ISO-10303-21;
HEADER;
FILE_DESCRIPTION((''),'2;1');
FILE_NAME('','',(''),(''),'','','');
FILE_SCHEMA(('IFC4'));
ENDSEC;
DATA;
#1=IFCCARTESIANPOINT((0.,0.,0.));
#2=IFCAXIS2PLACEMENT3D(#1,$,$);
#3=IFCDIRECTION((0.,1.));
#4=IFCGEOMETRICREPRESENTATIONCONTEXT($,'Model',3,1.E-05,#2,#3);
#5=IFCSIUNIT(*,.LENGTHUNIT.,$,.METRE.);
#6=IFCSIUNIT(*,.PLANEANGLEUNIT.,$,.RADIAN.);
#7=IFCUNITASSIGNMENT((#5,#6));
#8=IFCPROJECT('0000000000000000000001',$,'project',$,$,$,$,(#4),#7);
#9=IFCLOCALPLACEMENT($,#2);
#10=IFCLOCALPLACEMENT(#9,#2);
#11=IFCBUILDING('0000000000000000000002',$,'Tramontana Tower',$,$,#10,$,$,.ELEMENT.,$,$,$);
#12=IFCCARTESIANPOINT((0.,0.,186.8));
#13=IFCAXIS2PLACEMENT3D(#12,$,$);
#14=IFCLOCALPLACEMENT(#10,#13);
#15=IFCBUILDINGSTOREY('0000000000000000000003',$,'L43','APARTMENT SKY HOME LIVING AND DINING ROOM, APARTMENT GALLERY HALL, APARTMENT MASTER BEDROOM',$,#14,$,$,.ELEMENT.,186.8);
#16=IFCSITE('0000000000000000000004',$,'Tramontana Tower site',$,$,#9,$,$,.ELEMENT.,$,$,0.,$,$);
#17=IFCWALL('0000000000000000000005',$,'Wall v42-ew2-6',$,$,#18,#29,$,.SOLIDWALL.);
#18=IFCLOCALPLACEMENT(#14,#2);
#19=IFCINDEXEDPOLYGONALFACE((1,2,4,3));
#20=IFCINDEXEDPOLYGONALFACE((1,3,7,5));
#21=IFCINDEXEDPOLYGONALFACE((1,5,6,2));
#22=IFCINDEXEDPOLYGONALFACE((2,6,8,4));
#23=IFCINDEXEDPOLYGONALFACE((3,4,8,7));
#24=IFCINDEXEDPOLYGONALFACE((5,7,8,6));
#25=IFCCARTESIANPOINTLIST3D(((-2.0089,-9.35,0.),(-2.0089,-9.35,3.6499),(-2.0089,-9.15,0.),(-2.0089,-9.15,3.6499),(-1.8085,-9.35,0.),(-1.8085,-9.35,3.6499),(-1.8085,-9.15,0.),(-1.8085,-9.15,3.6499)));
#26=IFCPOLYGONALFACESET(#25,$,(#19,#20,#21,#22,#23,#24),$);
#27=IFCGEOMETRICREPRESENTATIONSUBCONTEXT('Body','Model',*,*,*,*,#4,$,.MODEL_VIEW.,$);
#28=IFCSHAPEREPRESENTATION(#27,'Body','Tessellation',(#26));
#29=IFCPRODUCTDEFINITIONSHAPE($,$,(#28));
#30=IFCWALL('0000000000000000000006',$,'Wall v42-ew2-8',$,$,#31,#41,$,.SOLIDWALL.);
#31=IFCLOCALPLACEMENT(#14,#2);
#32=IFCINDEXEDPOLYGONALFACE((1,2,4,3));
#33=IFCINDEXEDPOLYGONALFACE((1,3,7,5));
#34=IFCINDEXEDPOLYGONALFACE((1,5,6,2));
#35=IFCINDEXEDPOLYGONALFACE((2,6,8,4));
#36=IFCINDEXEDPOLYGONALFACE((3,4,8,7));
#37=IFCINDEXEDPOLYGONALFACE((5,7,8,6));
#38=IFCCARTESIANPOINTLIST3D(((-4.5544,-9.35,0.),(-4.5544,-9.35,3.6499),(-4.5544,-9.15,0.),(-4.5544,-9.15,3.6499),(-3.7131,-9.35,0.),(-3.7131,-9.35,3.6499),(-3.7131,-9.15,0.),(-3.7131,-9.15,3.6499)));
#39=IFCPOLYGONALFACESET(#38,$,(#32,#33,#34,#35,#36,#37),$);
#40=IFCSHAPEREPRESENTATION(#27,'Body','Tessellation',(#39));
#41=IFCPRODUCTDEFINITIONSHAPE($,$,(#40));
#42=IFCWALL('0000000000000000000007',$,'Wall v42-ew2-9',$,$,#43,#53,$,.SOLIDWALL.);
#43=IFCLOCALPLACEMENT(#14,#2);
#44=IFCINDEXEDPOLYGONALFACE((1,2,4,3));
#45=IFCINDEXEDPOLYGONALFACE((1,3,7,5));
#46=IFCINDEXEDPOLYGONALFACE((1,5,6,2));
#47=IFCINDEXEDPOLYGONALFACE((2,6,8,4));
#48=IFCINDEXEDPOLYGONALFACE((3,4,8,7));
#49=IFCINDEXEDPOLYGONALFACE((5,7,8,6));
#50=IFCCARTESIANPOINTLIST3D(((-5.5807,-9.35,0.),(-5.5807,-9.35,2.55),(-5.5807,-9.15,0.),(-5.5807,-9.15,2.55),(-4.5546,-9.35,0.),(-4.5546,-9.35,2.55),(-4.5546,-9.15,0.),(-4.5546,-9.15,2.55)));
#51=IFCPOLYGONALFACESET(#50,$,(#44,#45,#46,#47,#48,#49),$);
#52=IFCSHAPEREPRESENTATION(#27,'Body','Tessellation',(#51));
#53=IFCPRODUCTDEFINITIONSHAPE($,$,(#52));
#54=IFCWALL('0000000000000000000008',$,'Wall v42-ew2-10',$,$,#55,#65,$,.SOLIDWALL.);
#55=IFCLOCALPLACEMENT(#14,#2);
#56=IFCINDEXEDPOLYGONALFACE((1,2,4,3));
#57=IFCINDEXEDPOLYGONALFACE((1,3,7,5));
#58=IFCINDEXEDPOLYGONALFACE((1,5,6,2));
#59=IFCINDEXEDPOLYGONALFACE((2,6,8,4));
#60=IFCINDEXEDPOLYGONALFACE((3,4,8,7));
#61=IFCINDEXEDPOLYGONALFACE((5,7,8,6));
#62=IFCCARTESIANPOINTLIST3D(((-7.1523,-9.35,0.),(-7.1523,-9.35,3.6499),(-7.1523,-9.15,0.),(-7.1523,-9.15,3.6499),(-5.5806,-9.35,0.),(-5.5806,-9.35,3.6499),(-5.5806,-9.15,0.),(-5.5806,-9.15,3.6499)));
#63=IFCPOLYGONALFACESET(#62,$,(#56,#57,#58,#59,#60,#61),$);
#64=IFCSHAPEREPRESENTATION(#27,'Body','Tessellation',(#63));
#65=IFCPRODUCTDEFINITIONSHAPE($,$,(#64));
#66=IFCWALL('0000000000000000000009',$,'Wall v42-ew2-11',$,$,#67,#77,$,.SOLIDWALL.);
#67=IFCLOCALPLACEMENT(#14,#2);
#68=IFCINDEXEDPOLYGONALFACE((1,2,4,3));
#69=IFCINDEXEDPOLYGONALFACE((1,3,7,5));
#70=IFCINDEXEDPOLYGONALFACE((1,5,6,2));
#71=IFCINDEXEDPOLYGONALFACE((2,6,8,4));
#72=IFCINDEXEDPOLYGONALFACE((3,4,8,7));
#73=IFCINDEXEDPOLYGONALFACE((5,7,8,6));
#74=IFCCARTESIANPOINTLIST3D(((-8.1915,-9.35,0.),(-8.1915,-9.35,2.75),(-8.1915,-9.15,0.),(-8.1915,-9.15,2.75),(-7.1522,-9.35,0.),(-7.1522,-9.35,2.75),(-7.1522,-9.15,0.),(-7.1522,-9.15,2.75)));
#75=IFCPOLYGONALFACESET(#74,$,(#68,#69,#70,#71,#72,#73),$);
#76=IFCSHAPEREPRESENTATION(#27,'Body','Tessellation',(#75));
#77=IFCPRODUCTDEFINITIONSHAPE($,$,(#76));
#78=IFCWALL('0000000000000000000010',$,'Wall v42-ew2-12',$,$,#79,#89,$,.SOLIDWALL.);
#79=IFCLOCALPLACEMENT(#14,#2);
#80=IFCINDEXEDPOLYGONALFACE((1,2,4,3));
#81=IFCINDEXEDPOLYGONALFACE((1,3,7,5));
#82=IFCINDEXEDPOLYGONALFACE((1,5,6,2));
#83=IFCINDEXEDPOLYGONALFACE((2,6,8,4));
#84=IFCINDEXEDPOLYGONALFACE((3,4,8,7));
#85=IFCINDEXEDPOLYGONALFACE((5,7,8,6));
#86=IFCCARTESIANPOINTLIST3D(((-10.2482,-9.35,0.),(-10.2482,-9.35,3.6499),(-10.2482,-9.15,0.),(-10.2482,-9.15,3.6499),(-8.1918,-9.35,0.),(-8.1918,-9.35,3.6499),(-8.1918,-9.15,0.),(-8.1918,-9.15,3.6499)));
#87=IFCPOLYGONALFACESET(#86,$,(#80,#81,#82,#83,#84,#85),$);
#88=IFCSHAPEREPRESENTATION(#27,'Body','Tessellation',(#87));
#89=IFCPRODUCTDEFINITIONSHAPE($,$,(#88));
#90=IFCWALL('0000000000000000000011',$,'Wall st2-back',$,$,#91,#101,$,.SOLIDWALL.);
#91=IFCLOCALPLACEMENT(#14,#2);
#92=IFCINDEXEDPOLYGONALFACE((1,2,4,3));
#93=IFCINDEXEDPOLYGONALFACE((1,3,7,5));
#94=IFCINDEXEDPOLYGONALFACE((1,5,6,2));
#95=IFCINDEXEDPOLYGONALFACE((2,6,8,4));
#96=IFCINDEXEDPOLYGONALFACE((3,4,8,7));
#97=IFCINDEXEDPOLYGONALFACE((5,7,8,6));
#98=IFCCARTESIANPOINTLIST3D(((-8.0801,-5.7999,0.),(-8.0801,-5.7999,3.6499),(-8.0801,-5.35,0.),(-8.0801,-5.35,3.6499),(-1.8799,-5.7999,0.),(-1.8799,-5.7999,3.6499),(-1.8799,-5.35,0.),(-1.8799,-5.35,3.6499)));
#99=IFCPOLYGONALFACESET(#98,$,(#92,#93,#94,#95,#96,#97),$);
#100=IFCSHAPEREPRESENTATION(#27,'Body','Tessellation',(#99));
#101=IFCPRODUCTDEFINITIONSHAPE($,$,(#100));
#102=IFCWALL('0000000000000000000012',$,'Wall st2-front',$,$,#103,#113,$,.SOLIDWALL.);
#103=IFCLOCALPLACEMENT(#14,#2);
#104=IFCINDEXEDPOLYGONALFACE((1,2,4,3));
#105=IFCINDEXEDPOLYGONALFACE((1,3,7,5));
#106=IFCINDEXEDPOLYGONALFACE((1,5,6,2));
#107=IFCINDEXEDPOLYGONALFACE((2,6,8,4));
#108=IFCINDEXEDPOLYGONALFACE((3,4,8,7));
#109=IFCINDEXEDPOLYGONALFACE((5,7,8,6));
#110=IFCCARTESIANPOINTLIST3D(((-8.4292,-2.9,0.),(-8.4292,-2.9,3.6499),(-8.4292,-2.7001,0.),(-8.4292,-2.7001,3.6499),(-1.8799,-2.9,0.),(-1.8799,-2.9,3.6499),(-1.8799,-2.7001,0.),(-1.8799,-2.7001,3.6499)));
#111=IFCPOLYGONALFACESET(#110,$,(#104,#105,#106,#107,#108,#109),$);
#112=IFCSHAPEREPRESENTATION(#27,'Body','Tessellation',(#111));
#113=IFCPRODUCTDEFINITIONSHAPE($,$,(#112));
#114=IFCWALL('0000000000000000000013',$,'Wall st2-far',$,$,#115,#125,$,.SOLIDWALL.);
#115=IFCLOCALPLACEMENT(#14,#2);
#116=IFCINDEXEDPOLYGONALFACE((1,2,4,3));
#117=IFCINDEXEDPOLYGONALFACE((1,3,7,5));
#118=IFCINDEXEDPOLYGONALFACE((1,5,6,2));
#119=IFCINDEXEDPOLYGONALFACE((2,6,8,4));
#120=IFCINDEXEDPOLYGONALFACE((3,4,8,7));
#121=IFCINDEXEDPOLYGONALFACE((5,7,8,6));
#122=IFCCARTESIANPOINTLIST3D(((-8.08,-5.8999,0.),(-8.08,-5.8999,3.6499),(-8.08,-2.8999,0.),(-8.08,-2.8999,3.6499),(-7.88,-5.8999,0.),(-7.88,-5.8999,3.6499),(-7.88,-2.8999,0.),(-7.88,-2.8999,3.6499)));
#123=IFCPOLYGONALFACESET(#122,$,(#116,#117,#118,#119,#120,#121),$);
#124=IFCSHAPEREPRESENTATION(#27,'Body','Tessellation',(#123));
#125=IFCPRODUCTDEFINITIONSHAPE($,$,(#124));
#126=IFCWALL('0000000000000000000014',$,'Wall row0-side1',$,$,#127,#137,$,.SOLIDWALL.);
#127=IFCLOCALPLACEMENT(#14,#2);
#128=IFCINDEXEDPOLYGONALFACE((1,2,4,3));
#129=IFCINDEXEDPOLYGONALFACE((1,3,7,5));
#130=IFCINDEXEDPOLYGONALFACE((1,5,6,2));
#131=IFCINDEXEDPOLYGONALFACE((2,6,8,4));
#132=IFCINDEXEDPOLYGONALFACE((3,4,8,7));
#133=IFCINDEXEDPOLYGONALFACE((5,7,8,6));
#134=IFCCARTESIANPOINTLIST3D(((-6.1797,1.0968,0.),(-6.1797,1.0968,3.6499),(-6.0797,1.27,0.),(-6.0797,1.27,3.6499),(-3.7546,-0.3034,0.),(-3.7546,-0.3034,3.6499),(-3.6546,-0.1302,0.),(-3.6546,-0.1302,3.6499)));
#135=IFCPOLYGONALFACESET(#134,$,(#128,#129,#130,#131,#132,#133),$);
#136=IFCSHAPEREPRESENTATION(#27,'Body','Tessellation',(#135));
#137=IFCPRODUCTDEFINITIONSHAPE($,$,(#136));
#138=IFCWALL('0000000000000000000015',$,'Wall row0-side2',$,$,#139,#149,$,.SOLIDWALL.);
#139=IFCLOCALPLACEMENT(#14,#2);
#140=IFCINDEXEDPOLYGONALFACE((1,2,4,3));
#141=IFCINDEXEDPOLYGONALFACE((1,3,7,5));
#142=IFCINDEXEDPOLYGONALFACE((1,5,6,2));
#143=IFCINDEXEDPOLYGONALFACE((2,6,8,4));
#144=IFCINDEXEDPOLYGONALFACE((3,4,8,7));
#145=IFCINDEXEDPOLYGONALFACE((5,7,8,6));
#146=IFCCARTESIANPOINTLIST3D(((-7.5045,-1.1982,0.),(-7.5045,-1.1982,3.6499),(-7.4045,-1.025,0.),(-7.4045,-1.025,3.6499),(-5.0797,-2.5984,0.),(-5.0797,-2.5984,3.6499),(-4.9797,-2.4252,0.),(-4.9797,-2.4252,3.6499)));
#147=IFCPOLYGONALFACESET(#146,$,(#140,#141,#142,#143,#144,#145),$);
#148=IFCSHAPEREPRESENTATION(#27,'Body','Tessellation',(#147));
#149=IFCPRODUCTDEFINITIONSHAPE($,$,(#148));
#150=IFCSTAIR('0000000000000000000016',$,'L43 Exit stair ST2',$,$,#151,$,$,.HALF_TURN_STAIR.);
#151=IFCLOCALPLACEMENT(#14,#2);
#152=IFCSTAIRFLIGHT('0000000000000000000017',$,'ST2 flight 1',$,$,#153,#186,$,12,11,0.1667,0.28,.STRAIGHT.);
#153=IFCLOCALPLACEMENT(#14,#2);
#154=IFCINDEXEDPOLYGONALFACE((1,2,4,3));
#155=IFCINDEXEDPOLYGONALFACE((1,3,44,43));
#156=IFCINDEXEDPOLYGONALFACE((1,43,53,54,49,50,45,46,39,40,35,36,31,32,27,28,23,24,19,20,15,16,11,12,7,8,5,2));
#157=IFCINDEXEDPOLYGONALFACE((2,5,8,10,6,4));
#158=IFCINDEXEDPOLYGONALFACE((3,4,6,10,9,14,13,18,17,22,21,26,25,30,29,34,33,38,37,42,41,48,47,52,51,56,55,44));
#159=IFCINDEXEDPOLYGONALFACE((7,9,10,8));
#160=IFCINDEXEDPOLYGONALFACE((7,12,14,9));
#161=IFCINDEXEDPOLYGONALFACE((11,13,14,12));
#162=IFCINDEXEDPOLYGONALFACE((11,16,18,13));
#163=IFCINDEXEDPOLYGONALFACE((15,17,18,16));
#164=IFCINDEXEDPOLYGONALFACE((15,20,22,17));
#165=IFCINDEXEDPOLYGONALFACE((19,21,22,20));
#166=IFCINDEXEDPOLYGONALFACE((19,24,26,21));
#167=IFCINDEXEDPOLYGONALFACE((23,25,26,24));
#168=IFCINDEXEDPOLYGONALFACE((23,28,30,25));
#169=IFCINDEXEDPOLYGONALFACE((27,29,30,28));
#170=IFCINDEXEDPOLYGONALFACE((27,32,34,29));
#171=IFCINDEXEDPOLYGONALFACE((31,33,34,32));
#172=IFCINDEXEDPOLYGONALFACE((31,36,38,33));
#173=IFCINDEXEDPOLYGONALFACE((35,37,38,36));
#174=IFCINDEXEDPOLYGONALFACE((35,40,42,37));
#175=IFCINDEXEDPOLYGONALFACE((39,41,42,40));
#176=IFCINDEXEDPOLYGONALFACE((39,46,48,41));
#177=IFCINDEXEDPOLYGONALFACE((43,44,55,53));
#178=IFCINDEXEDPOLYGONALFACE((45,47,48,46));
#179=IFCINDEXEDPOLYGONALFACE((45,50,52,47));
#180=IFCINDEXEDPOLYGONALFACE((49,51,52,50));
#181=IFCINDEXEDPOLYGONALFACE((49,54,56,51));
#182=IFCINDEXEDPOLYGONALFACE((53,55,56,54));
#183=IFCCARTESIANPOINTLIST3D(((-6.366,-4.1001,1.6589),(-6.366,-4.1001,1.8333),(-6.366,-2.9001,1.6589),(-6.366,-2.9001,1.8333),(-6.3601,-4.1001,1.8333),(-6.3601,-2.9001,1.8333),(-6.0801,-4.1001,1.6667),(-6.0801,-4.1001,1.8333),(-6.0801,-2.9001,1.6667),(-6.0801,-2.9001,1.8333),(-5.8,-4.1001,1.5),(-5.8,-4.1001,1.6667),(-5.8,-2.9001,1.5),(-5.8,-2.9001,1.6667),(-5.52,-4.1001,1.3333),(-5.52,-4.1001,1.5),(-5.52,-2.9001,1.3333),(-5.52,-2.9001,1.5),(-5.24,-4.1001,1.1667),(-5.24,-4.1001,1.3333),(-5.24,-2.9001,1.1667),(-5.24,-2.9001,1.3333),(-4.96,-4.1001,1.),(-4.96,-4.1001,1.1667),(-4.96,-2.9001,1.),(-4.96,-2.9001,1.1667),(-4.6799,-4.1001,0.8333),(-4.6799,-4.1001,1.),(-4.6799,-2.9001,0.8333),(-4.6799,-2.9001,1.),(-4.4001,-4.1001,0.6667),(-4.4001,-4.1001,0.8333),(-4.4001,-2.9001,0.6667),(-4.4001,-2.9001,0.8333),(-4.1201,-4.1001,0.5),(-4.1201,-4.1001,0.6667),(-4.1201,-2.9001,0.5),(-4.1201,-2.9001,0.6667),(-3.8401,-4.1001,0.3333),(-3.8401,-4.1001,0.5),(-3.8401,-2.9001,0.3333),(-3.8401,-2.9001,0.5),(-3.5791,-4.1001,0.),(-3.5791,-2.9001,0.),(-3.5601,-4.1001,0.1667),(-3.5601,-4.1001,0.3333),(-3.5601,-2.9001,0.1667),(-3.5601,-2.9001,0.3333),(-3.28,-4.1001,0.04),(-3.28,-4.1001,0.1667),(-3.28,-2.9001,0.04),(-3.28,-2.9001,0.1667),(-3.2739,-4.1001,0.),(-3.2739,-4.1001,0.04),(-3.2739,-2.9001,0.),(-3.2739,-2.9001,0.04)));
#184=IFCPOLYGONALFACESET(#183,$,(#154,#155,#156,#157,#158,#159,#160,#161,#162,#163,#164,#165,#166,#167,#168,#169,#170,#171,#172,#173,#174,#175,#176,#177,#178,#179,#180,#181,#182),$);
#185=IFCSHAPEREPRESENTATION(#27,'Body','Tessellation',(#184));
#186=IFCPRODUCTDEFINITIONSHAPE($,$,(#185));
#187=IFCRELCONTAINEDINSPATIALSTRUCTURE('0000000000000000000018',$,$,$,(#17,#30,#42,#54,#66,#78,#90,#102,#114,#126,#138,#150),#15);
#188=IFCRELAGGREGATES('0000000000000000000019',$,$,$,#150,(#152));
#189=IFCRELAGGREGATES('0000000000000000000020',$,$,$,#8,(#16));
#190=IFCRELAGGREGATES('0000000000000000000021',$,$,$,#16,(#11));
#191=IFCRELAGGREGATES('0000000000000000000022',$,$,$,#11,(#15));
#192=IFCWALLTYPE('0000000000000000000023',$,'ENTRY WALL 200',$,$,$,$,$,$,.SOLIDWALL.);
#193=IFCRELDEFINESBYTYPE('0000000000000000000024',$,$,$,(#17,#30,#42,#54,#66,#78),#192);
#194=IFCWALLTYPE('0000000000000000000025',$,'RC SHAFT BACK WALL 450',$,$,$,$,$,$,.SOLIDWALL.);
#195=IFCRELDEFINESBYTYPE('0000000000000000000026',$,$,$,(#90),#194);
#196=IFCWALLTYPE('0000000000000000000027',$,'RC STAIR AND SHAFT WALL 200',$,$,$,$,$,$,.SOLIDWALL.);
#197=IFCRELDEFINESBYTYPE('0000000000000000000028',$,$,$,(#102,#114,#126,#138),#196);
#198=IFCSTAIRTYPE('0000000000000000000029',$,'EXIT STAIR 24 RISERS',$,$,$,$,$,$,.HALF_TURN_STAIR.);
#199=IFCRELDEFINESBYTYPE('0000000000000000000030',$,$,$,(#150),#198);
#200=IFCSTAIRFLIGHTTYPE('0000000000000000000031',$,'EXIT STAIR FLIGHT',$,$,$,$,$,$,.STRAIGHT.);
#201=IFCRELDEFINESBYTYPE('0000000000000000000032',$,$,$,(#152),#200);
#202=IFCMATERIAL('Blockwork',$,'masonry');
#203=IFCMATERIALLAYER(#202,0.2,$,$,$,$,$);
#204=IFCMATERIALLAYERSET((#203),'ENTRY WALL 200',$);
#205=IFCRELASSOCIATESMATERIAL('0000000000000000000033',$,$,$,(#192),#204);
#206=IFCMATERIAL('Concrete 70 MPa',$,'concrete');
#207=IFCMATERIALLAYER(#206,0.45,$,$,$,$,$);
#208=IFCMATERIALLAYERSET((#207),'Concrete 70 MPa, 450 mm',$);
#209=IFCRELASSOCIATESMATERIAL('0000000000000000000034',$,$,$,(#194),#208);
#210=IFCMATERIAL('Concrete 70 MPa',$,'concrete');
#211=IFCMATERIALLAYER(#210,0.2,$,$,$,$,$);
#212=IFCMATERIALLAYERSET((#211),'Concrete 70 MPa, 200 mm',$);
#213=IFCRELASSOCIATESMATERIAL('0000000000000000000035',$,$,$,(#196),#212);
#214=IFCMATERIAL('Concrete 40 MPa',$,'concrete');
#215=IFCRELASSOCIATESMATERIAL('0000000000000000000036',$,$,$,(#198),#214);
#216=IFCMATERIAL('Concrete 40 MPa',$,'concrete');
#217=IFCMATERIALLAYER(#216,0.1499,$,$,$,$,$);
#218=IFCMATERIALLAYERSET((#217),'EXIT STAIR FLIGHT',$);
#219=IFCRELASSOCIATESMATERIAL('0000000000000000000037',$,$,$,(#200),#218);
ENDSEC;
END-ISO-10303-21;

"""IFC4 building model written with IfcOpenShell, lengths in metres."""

from ifc_helpers import new_model, si_unit, direction, frame, frame_2d, origin, place, context, subcontext, project, spatial, polyline, rectangle, outline, extrude, material, layer, layer_set, type_object, element, aggregate, save


model = new_model("IFC4")

# Units and contexts
model_context = context("Model", 3, precision=1e-05, world=origin(), true_north=direction((0.0, 1.0)))
body_context = subcontext(model_context, "Body", "Model", "MODEL_VIEW")
ifc_project = project(units=[si_unit("LENGTHUNIT", "METRE"), si_unit("PLANEANGLEUNIT", "RADIAN")], contexts=[model_context])

# Site, building, storey
site_placement = place(None, origin())
site = spatial("IfcSite", under=ifc_project, at=site_placement, Name="Tramontana Tower site", CompositionType="ELEMENT", RefElevation=0.0)
building_placement = place(site_placement, origin())
building = spatial("IfcBuilding", under=site, at=building_placement, Name="Tramontana Tower", CompositionType="ELEMENT")
storey_placement = place(building_placement, frame((0.0, 0.0, 186.8)))
storey = spatial("IfcBuildingStorey", under=building, at=storey_placement, Name="L43", Description="APARTMENT SKY HOME LIVING AND DINING ROOM, APARTMENT GALLERY HALL, APARTMENT MASTER BEDROOM", CompositionType="ELEMENT", Elevation=186.8)

# Wall
ifc_material_1 = material(Name="Blockwork", Category="masonry")
ifc_layer_1 = layer(ifc_material_1, 0.2)
ifc_layer_set_1 = layer_set([ifc_layer_1], Name="ENTRY WALL 200")
wall_type_1 = type_object("IfcWallType", Name="ENTRY WALL 200", PredefinedType="SOLIDWALL", material=ifc_layer_set_1)
wall_1_placement = place(storey_placement, frame((-1.8086, -9.25, 0.0), z_axis=(0.0, 0.0, 1.0), x_axis=(-1.0, 0.0, 0.0)))
element("IfcWall", 1, at=wall_1_placement, inside=storey, type_object=wall_type_1, Name="Wall v42-ew2-6", PredefinedType="SOLIDWALL", context=body_context, shape_type="SweptSolid", body=[
    extrude(rectangle(XDim=0.2004, YDim=0.2, at=frame_2d((0.1001, 0.0))), origin(), (0.0, 0.0, 1.0), 3.6499),
])

# Walls
wall_2_placement = place(storey_placement, frame((-3.7131, -9.25, 0.0), z_axis=(0.0, 0.0, 1.0), x_axis=(-1.0, 0.0, 0.0)))
element("IfcWall", 2, at=wall_2_placement, inside=storey, type_object=wall_type_1, Name="Wall v42-ew2-8", PredefinedType="SOLIDWALL", context=body_context, shape_type="SweptSolid", body=[
    extrude(rectangle(XDim=0.8413, YDim=0.2, at=frame_2d((0.4207, 0.0))), origin(), (0.0, 0.0, 1.0), 3.6499),
])
wall_3_placement = place(storey_placement, frame((-4.5544, -9.25, 0.0), z_axis=(0.0, 0.0, 1.0), x_axis=(-1.0, 0.0, 0.0)))
element("IfcWall", 3, at=wall_3_placement, inside=storey, type_object=wall_type_1, Name="Wall v42-ew2-9", PredefinedType="SOLIDWALL", context=body_context, shape_type="SweptSolid", body=[
    extrude(rectangle(XDim=1.0261, YDim=0.2, at=frame_2d((0.5132, 0.0))), origin(), (0.0, 0.0, 1.0), 2.55),
])
wall_4_placement = place(storey_placement, frame((-5.5806, -9.25, 0.0), z_axis=(0.0, 0.0, 1.0), x_axis=(-1.0, 0.0, 0.0)))
element("IfcWall", 4, at=wall_4_placement, inside=storey, type_object=wall_type_1, Name="Wall v42-ew2-10", PredefinedType="SOLIDWALL", context=body_context, shape_type="SweptSolid", body=[
    extrude(rectangle(XDim=1.5718, YDim=0.2, at=frame_2d((0.7859, 0.0))), origin(), (0.0, 0.0, 1.0), 3.6499),
])
wall_5_placement = place(storey_placement, frame((-7.1523, -9.25, 0.0), z_axis=(0.0, 0.0, 1.0), x_axis=(-1.0, 0.0, 0.0)))
element("IfcWall", 5, at=wall_5_placement, inside=storey, type_object=wall_type_1, Name="Wall v42-ew2-11", PredefinedType="SOLIDWALL", context=body_context, shape_type="SweptSolid", body=[
    extrude(rectangle(XDim=1.0393, YDim=0.2, at=frame_2d((0.5195, 0.0))), origin(), (0.0, 0.0, 1.0), 2.75),
])
wall_6_placement = place(storey_placement, frame((-8.1917, -9.25, 0.0), z_axis=(0.0, 0.0, 1.0), x_axis=(-1.0, 0.0, 0.0)))
element("IfcWall", 6, at=wall_6_placement, inside=storey, type_object=wall_type_1, Name="Wall v42-ew2-12", PredefinedType="SOLIDWALL", context=body_context, shape_type="SweptSolid", body=[
    extrude(rectangle(XDim=2.0564, YDim=0.2, at=frame_2d((1.0283, 0.0))), origin(), (0.0, 0.0, 1.0), 3.6499),
])
ifc_material_2 = material(Name="Concrete 70 MPa", Category="concrete")
ifc_layer_2 = layer(ifc_material_2, 0.45)
ifc_layer_set_2 = layer_set([ifc_layer_2], Name="Concrete 70 MPa, 450 mm")
wall_type_2 = type_object("IfcWallType", Name="RC SHAFT BACK WALL 450", PredefinedType="SOLIDWALL", material=ifc_layer_set_2)
wall_7_placement = place(storey_placement, frame((-8.0801, -5.575, 0.0), z_axis=(0.0, 0.0, 1.0), x_axis=(1.0, 0.0, 0.0)))
element("IfcWall", 7, at=wall_7_placement, inside=storey, type_object=wall_type_2, Name="Wall st2-back", PredefinedType="SOLIDWALL", context=body_context, shape_type="SweptSolid", body=[
    extrude(rectangle(XDim=6.2002, YDim=0.45, at=frame_2d((3.1001, 0.0))), origin(), (0.0, 0.0, 1.0), 3.6499),
])
ifc_material_3 = material(Name="Concrete 70 MPa", Category="concrete")
ifc_layer_3 = layer(ifc_material_3, 0.2)
ifc_layer_set_3 = layer_set([ifc_layer_3], Name="Concrete 70 MPa, 200 mm")
wall_type_3 = type_object("IfcWallType", Name="RC STAIR AND SHAFT WALL 200", PredefinedType="SOLIDWALL", material=ifc_layer_set_3)
wall_8_placement = place(storey_placement, frame((-8.4292, -2.8, 0.0), z_axis=(0.0, 0.0, 1.0), x_axis=(1.0, 0.0, 0.0)))
element("IfcWall", 8, at=wall_8_placement, inside=storey, type_object=wall_type_3, Name="Wall st2-front", PredefinedType="SOLIDWALL", context=body_context, shape_type="SweptSolid", body=[
    extrude(rectangle(XDim=6.5493, YDim=0.2, at=frame_2d((3.2747, 0.0))), origin(), (0.0, 0.0, 1.0), 3.6499),
])
wall_9_placement = place(storey_placement, frame((-7.98, -2.8999, 0.0), z_axis=(0.0, 0.0, 1.0), x_axis=(0.0, -1.0, 0.0)))
element("IfcWall", 9, at=wall_9_placement, inside=storey, type_object=wall_type_3, Name="Wall st2-far", PredefinedType="SOLIDWALL", context=body_context, shape_type="SweptSolid", body=[
    extrude(rectangle(XDim=3.0, YDim=0.2, at=frame_2d((1.5, 0.0))), origin(), (0.0, 0.0, 1.0), 3.6499),
])

# Walls
wall_10_placement = place(storey_placement, frame((-3.7046, -0.2168, 0.0), z_axis=(0.0, 0.0, 1.0), x_axis=(-0.866019, 0.500012, 0.0)))
element("IfcWall", 10, at=wall_10_placement, inside=storey, type_object=wall_type_3, Name="Wall row0-side1", PredefinedType="SOLIDWALL", context=body_context, shape_type="SweptSolid", body=[
    extrude(rectangle(XDim=2.8003, YDim=0.2, at=frame_2d((1.4001, 0.0))), origin(), (0.0, 0.0, 1.0), 3.6499),
])
wall_11_placement = place(storey_placement, frame((-5.0298, -2.5117, 0.0), z_axis=(0.0, 0.0, 1.0), x_axis=(-0.865997, 0.50005, 0.0)))
element("IfcWall", 11, at=wall_11_placement, inside=storey, type_object=wall_type_3, Name="Wall row0-side2", PredefinedType="SOLIDWALL", context=body_context, shape_type="SweptSolid", body=[
    extrude(rectangle(XDim=2.8, YDim=0.2, at=frame_2d((1.3999, 0.0))), origin(), (0.0, 0.0, 1.0), 3.6499),
])

# Stair, stair flight
ifc_material_4 = material(Name="Concrete 40 MPa", Category="concrete")
stair_type = type_object("IfcStairType", Name="EXIT STAIR 24 RISERS", PredefinedType="HALF_TURN_STAIR", material=ifc_material_4)
stair_placement = place(storey_placement, origin())
stair = element("IfcStair", 12, at=stair_placement, inside=storey, type_object=stair_type, Name="L43 Exit stair ST2", PredefinedType="HALF_TURN_STAIR")
ifc_material_5 = material(Name="Concrete 40 MPa", Category="concrete")
ifc_layer_4 = layer(ifc_material_5, 0.1499)
ifc_layer_set_4 = layer_set([ifc_layer_4], Name="EXIT STAIR FLIGHT")
stair_flight_type = type_object("IfcStairFlightType", Name="EXIT STAIR FLIGHT", PredefinedType="STRAIGHT", material=ifc_layer_set_4)
stair_flight_1_placement = place(storey_placement, frame((-3.28, -3.5, 0.0), z_axis=(0.0, 0.0, 1.0), x_axis=(-1.0, 0.0, 0.0)))
stair_flight_1 = element("IfcStairFlight", 13, at=stair_flight_1_placement, type_object=stair_flight_type, Name="ST2 flight 1", NumberOfRisers=12, NumberOfTreads=11, PredefinedType="STRAIGHT", RiserHeight=0.1667, TreadLength=0.28, context=body_context, shape_type="SweptSolid", body=[
    extrude(outline(polyline([(-0.0061, 0.0), (-0.0061, 0.04), (0.0, 0.04), (0.0, 0.1667), (0.28, 0.1667), (0.28, 0.3333), (0.5601, 0.3333), (0.5601, 0.5), (0.8401, 0.5), (0.8401, 0.6667), (1.1201, 0.6667), (1.1201, 0.8333), (1.3999, 0.8333), (1.3999, 1.0), (1.6799, 1.0), (1.6799, 1.1667), (1.96, 1.1667), (1.96, 1.3333), (2.24, 1.3333), (2.24, 1.5), (2.52, 1.5), (2.52, 1.6667), (2.8, 1.6667), (2.8, 1.8333), (3.0801, 1.8333), (3.0859, 1.8333), (3.0859, 1.6589), (0.2991, 0.0), (-0.0061, 0.0)])), frame((0.0, 0.6001, 0.0), z_axis=(0.0, -1.0, 0.0), x_axis=(1.0, 0.0, 0.0)), (0.0, 0.0, 1.0), 1.2),
])
aggregate(stair, [stair_flight_1])

save(model, "model.ifc")
